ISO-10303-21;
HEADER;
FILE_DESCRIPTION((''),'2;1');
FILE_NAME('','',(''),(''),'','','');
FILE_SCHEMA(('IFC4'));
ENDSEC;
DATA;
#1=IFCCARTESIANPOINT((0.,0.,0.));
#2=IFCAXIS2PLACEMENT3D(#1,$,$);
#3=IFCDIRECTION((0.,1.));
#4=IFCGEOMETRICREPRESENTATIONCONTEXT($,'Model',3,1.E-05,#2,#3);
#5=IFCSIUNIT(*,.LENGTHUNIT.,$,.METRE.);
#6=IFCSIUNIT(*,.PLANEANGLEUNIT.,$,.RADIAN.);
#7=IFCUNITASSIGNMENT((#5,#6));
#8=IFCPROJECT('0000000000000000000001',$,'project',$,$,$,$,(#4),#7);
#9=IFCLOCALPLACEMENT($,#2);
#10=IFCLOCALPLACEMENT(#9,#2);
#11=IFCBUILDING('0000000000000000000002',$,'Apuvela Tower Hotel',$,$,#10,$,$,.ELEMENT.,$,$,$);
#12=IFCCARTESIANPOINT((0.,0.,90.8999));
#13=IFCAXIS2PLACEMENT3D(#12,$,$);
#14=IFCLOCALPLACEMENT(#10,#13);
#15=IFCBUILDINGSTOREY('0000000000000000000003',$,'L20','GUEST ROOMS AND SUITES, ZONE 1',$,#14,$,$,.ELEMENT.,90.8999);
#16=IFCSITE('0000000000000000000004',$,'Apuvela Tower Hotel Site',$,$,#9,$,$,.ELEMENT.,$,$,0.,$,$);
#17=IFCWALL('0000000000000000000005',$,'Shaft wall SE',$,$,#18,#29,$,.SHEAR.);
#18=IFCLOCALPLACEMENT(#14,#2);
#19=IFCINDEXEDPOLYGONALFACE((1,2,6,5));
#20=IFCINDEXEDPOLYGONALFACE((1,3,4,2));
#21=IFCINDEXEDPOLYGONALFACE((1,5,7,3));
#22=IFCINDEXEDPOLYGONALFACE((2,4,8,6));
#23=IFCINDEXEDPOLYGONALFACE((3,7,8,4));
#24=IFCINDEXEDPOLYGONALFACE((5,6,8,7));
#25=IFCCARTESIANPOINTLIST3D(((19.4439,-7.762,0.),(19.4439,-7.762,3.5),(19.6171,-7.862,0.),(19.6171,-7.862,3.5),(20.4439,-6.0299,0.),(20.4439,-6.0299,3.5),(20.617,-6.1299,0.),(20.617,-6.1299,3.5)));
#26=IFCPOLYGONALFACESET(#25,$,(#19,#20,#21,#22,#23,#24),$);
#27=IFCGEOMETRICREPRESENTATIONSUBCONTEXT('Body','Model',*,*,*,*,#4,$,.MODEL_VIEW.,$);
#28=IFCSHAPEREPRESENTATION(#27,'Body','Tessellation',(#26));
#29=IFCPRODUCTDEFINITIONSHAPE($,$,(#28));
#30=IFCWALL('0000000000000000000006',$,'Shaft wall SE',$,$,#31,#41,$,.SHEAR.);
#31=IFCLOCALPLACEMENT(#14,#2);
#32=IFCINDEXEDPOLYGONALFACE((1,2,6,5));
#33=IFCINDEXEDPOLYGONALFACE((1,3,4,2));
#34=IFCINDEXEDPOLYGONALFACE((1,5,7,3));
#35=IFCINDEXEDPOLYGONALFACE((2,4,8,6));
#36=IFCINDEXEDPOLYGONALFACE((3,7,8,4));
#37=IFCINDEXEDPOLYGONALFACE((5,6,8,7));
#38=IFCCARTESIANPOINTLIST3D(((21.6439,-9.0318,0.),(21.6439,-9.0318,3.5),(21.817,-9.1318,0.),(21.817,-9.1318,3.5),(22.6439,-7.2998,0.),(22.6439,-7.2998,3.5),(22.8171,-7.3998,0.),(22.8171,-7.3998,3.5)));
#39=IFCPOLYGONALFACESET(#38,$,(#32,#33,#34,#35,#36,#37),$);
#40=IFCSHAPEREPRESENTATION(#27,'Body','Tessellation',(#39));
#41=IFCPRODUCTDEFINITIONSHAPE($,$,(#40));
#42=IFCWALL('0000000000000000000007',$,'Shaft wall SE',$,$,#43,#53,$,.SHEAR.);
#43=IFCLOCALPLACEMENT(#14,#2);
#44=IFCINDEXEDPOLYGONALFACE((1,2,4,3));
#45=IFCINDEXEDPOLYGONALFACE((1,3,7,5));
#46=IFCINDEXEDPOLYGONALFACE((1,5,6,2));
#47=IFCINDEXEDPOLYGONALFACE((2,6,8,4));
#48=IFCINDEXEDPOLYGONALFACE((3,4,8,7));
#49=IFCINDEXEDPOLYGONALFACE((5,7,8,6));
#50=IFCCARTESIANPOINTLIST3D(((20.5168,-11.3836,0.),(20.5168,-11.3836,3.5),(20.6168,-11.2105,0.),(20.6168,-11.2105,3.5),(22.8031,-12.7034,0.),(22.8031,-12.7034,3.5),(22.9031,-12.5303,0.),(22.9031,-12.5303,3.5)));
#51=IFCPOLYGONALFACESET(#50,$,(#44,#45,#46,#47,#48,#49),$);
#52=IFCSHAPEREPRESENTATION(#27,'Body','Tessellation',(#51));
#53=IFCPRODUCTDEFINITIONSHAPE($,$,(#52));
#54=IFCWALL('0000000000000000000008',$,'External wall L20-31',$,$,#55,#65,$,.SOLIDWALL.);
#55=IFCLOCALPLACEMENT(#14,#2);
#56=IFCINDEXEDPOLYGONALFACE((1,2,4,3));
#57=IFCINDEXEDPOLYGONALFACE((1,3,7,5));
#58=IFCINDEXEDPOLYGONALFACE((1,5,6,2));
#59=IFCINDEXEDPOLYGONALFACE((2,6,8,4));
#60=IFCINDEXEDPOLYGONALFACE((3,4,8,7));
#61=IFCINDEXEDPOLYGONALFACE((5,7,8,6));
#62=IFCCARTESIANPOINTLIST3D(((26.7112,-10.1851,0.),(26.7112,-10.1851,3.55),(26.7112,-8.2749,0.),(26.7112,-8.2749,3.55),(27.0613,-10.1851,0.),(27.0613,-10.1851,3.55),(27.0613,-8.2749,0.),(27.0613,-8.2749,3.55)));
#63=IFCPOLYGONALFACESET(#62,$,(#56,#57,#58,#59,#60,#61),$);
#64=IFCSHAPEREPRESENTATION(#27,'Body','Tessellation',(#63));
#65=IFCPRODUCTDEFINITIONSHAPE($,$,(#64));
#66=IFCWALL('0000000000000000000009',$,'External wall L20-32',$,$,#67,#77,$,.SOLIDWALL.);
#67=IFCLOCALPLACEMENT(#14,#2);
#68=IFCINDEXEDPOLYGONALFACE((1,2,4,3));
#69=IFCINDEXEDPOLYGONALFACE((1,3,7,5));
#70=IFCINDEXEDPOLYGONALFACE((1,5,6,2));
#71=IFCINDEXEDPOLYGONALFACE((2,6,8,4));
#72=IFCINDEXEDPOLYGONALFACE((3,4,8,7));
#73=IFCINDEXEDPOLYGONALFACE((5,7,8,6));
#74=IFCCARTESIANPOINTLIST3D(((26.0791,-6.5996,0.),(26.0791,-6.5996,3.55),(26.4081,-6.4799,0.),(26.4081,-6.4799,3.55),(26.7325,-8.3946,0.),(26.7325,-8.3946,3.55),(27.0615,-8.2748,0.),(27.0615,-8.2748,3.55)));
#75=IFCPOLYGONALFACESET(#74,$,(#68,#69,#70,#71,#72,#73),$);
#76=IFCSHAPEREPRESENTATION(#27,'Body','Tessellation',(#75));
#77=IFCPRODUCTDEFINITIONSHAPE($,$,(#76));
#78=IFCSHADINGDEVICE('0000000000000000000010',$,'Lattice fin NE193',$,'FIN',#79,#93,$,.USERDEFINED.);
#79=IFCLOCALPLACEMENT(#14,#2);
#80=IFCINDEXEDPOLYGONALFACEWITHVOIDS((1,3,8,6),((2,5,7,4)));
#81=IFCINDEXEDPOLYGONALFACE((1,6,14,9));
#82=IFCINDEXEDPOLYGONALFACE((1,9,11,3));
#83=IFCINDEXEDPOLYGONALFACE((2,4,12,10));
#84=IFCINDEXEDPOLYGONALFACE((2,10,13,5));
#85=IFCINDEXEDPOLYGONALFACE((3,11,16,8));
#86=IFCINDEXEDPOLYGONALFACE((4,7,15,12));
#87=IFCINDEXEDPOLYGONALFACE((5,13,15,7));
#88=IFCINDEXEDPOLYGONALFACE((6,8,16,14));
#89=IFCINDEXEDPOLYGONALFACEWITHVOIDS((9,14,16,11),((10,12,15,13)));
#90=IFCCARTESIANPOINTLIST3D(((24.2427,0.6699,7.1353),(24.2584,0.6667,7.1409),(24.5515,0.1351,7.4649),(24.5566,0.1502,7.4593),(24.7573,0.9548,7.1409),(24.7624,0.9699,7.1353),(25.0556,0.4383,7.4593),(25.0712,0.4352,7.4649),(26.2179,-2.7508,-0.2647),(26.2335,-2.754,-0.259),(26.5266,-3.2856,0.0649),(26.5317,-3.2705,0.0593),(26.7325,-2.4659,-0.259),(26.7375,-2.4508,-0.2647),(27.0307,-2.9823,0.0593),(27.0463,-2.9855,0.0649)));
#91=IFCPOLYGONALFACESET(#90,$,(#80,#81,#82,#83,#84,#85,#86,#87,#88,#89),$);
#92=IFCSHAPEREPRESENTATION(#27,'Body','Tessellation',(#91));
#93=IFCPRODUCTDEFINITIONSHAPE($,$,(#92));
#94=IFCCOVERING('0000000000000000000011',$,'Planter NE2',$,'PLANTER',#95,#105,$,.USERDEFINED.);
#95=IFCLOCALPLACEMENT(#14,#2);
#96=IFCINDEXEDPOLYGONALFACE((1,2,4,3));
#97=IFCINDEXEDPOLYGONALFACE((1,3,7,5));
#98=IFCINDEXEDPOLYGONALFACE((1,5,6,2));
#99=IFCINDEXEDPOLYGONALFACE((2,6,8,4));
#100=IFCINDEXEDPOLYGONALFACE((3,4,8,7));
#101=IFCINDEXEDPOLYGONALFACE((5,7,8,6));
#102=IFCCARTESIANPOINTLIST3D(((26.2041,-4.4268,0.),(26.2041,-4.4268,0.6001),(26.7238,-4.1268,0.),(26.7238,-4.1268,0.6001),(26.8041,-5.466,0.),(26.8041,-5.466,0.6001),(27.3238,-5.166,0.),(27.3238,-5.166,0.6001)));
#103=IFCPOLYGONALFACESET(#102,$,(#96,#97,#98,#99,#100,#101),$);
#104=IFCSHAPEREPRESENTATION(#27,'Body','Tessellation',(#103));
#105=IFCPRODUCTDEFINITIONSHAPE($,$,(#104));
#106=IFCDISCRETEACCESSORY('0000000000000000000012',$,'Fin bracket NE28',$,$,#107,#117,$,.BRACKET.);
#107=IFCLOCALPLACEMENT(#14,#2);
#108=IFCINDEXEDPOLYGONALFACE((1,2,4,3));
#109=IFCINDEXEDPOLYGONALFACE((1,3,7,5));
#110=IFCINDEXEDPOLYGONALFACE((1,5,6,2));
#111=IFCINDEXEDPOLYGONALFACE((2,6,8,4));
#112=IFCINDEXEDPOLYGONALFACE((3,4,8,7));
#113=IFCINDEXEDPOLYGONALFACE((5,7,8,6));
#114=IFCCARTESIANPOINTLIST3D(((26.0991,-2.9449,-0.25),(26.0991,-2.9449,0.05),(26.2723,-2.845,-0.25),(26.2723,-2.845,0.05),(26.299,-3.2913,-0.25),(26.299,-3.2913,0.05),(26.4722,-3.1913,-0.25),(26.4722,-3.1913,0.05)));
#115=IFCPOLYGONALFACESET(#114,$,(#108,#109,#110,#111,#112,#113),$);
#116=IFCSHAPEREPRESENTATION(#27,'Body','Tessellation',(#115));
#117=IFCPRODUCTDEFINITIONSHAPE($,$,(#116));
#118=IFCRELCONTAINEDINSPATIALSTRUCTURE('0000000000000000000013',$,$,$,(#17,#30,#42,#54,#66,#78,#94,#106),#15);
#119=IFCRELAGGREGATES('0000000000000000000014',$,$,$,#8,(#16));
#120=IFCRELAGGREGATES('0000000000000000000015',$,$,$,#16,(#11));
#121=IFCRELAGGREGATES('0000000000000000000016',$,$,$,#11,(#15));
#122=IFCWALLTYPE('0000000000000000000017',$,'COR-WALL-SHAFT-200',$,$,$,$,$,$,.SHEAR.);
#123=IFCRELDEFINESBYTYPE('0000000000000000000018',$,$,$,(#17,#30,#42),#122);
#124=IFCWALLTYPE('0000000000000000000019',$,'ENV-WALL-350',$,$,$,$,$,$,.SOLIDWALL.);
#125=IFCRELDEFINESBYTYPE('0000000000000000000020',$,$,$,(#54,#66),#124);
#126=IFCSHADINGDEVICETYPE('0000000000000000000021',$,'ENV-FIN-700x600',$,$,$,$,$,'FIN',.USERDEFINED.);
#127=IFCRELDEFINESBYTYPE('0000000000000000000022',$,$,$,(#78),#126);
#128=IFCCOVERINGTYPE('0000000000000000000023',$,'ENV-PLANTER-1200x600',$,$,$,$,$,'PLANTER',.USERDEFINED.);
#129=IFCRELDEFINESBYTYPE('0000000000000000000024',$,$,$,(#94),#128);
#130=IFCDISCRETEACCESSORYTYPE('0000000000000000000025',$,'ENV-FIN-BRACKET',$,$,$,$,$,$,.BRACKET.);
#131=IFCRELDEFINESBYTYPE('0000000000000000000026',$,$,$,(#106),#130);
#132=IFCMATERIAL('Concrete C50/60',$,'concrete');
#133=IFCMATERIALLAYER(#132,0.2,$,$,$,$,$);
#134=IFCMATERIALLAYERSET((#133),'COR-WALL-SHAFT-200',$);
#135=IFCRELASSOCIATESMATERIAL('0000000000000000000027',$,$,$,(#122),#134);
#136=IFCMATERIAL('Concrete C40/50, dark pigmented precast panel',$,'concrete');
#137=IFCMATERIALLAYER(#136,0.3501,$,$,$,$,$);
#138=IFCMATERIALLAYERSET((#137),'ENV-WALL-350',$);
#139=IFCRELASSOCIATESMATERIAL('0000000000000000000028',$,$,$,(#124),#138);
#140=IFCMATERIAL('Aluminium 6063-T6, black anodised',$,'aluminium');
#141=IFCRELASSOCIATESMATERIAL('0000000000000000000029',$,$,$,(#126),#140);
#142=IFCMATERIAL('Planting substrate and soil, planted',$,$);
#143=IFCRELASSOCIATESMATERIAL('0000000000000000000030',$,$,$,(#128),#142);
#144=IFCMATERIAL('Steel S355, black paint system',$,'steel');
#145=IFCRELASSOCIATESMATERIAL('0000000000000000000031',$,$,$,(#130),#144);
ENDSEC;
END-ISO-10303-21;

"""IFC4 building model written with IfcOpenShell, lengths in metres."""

from ifc_helpers import new_model, si_unit, direction, frame, frame_2d, origin, origin_2d, place, context, subcontext, project, spatial, rectangle, hollow_rectangle, extrude, material, layer, layer_set, material_profile, profile_set, type_object, element, save


model = new_model("IFC4")

# Units and contexts
model_context = context("Model", 3, precision=1e-05, world=origin(), true_north=direction((0.0, 1.0)))
body_context = subcontext(model_context, "Body", "Model", "MODEL_VIEW")
ifc_project = project(units=[si_unit("LENGTHUNIT", "METRE"), si_unit("PLANEANGLEUNIT", "RADIAN")], contexts=[model_context])

# Site, building, storey
site_placement = place(None, origin())
site = spatial("IfcSite", under=ifc_project, at=site_placement, Name="Apuvela Tower Hotel Site", CompositionType="ELEMENT", RefElevation=0.0)
building_placement = place(site_placement, origin())
building = spatial("IfcBuilding", under=site, at=building_placement, Name="Apuvela Tower Hotel", CompositionType="ELEMENT")
storey_placement = place(building_placement, frame((0.0, 0.0, 90.8999)))
storey = spatial("IfcBuildingStorey", under=building, at=storey_placement, Name="L20", Description="GUEST ROOMS AND SUITES, ZONE 1", CompositionType="ELEMENT", Elevation=90.8999)

# Walls
ifc_material_1 = material(Name="Concrete C50/60", Category="concrete")
ifc_layer_1 = layer(ifc_material_1, 0.2)
ifc_layer_set_1 = layer_set([ifc_layer_1], Name="COR-WALL-SHAFT-200")
wall_type_1 = type_object("IfcWallType", Name="COR-WALL-SHAFT-200", PredefinedType="SHEAR", material=ifc_layer_set_1)
for number, where, z_axis, x_axis, name in (
    (1, (19.5305, -7.812, 0.0), (0.0, 0.0, 1.0), (0.499973, 0.866041, 0.0), "Shaft wall SE"),
    (2, (21.7305, -9.0818, 0.0), (0.0, 0.0, 1.0), (0.500025, 0.866011, 0.0), "Shaft wall SE"),
):
    element("IfcWall", number, at=place(storey_placement, frame(where, z_axis=z_axis, x_axis=x_axis)), inside=storey, type_object=wall_type_1, Name=name, PredefinedType="SHEAR", context=body_context, shape_type="SweptSolid", body=[
        extrude(rectangle(XDim=2.0, YDim=0.2, at=frame_2d((1.0, 0.0))), origin(), (0.0, 0.0, 1.0), 3.5),
    ])
wall_1_placement = place(storey_placement, frame((20.5669, -11.2971, 0.0), z_axis=(0.0, 0.0, 1.0), x_axis=(0.866061, -0.499939, 0.0)))
element("IfcWall", 3, at=wall_1_placement, inside=storey, type_object=wall_type_1, Name="Shaft wall SE", PredefinedType="SHEAR", context=body_context, shape_type="SweptSolid", body=[
    extrude(rectangle(XDim=2.6399, YDim=0.2, at=frame_2d((1.3198, 0.0))), origin(), (0.0, 0.0, 1.0), 3.5),
])
ifc_material_2 = material(Name="Concrete C40/50, dark pigmented precast panel", Category="concrete")
ifc_layer_2 = layer(ifc_material_2, 0.3501)
ifc_layer_set_2 = layer_set([ifc_layer_2], Name="ENV-WALL-350")
wall_type_2 = type_object("IfcWallType", Name="ENV-WALL-350", PredefinedType="SOLIDWALL", material=ifc_layer_set_2)
for number, where, z_axis, x_axis, name in (
    (4, (26.8862, -10.1851, 0.0), (0.0, 0.0, 1.0), (0.0, 1.0, 0.0), "External wall L20-31"),
    (5, (26.897, -8.3347, 0.0), (0.0, 0.0, 1.0), (-0.34203, 0.939689, 0.0), "External wall L20-32"),
):
    element("IfcWall", number, at=place(storey_placement, frame(where, z_axis=z_axis, x_axis=x_axis)), inside=storey, type_object=wall_type_2, Name=name, PredefinedType="SOLIDWALL", context=body_context, shape_type="SweptSolid", body=[
        extrude(rectangle(XDim=1.9102, YDim=0.3501, at=frame_2d((0.9551, 0.0))), origin(), (0.0, 0.0, 1.0), 3.55),
    ])

# Shading device
ifc_material_3 = material(Name="Aluminium 6063-T6, black anodised", Category="aluminium")
ifc_material_profile_1 = material_profile(ifc_material_3, hollow_rectangle(XDim=0.6001, YDim=0.7, WallThickness=0.012, at=origin_2d()), Name="AL BOX 700x600x12")
ifc_profile_set_1 = profile_set([ifc_material_profile_1], Name="Aluminium 6063-T6, black anodised")
shading_device_type = type_object("IfcShadingDeviceType", Name="ENV-FIN-700x600", ElementType="FIN", PredefinedType="USERDEFINED", material=ifc_profile_set_1)
shading_device_placement = place(storey_placement, frame((26.6321, -2.8682, -0.0999), z_axis=(-0.235464, 0.407798, 0.882189), x_axis=(-0.866005, -0.500035, 0.0)))
element("IfcShadingDevice", 6, at=shading_device_placement, inside=storey, type_object=shading_device_type, Name="Lattice fin NE193", ObjectType="FIN", PredefinedType="USERDEFINED", context=body_context, shape_type="SweptSolid", body=[
    extrude(hollow_rectangle(XDim=0.6001, YDim=0.7, WallThickness=0.012, at=origin_2d()), origin(), (0.0, 0.0, 1.0), 8.3882),
])

# Covering
ifc_material_4 = material(Name="Planting substrate and soil, planted")
covering_type = type_object("IfcCoveringType", Name="ENV-PLANTER-1200x600", ElementType="PLANTER", PredefinedType="USERDEFINED", material=ifc_material_4)
covering_placement = place(storey_placement, frame((26.7639, -4.7964, 0.0), z_axis=(0.0, 0.0, 1.0), x_axis=(-0.5, 0.866025, 0.0)))
element("IfcCovering", 7, at=covering_placement, inside=storey, type_object=covering_type, Name="Planter NE2", ObjectType="PLANTER", PredefinedType="USERDEFINED", context=body_context, shape_type="SweptSolid", body=[
    extrude(rectangle(XDim=1.2, YDim=0.6001, at=origin_2d()), origin(), (0.0, 0.0, 1.0), 0.6001),
])

# Discrete accessory
ifc_material_5 = material(Name="Steel S355, black paint system", Category="steel")
discrete_accessory_type = type_object("IfcDiscreteAccessoryType", Name="ENV-FIN-BRACKET", PredefinedType="BRACKET", material=ifc_material_5)
discrete_accessory_placement = place(storey_placement, frame((26.2856, -3.0681, -0.25), z_axis=(0.0, 0.0, 1.0), x_axis=(-0.5, 0.866025, 0.0)))
element("IfcDiscreteAccessory", 8, at=discrete_accessory_placement, inside=storey, type_object=discrete_accessory_type, Name="Fin bracket NE28", PredefinedType="BRACKET", context=body_context, shape_type="SweptSolid", body=[
    extrude(rectangle(XDim=0.3999, YDim=0.2, at=origin_2d()), origin(), (0.0, 0.0, 1.0), 0.3),
])

save(model, "model.ifc")
